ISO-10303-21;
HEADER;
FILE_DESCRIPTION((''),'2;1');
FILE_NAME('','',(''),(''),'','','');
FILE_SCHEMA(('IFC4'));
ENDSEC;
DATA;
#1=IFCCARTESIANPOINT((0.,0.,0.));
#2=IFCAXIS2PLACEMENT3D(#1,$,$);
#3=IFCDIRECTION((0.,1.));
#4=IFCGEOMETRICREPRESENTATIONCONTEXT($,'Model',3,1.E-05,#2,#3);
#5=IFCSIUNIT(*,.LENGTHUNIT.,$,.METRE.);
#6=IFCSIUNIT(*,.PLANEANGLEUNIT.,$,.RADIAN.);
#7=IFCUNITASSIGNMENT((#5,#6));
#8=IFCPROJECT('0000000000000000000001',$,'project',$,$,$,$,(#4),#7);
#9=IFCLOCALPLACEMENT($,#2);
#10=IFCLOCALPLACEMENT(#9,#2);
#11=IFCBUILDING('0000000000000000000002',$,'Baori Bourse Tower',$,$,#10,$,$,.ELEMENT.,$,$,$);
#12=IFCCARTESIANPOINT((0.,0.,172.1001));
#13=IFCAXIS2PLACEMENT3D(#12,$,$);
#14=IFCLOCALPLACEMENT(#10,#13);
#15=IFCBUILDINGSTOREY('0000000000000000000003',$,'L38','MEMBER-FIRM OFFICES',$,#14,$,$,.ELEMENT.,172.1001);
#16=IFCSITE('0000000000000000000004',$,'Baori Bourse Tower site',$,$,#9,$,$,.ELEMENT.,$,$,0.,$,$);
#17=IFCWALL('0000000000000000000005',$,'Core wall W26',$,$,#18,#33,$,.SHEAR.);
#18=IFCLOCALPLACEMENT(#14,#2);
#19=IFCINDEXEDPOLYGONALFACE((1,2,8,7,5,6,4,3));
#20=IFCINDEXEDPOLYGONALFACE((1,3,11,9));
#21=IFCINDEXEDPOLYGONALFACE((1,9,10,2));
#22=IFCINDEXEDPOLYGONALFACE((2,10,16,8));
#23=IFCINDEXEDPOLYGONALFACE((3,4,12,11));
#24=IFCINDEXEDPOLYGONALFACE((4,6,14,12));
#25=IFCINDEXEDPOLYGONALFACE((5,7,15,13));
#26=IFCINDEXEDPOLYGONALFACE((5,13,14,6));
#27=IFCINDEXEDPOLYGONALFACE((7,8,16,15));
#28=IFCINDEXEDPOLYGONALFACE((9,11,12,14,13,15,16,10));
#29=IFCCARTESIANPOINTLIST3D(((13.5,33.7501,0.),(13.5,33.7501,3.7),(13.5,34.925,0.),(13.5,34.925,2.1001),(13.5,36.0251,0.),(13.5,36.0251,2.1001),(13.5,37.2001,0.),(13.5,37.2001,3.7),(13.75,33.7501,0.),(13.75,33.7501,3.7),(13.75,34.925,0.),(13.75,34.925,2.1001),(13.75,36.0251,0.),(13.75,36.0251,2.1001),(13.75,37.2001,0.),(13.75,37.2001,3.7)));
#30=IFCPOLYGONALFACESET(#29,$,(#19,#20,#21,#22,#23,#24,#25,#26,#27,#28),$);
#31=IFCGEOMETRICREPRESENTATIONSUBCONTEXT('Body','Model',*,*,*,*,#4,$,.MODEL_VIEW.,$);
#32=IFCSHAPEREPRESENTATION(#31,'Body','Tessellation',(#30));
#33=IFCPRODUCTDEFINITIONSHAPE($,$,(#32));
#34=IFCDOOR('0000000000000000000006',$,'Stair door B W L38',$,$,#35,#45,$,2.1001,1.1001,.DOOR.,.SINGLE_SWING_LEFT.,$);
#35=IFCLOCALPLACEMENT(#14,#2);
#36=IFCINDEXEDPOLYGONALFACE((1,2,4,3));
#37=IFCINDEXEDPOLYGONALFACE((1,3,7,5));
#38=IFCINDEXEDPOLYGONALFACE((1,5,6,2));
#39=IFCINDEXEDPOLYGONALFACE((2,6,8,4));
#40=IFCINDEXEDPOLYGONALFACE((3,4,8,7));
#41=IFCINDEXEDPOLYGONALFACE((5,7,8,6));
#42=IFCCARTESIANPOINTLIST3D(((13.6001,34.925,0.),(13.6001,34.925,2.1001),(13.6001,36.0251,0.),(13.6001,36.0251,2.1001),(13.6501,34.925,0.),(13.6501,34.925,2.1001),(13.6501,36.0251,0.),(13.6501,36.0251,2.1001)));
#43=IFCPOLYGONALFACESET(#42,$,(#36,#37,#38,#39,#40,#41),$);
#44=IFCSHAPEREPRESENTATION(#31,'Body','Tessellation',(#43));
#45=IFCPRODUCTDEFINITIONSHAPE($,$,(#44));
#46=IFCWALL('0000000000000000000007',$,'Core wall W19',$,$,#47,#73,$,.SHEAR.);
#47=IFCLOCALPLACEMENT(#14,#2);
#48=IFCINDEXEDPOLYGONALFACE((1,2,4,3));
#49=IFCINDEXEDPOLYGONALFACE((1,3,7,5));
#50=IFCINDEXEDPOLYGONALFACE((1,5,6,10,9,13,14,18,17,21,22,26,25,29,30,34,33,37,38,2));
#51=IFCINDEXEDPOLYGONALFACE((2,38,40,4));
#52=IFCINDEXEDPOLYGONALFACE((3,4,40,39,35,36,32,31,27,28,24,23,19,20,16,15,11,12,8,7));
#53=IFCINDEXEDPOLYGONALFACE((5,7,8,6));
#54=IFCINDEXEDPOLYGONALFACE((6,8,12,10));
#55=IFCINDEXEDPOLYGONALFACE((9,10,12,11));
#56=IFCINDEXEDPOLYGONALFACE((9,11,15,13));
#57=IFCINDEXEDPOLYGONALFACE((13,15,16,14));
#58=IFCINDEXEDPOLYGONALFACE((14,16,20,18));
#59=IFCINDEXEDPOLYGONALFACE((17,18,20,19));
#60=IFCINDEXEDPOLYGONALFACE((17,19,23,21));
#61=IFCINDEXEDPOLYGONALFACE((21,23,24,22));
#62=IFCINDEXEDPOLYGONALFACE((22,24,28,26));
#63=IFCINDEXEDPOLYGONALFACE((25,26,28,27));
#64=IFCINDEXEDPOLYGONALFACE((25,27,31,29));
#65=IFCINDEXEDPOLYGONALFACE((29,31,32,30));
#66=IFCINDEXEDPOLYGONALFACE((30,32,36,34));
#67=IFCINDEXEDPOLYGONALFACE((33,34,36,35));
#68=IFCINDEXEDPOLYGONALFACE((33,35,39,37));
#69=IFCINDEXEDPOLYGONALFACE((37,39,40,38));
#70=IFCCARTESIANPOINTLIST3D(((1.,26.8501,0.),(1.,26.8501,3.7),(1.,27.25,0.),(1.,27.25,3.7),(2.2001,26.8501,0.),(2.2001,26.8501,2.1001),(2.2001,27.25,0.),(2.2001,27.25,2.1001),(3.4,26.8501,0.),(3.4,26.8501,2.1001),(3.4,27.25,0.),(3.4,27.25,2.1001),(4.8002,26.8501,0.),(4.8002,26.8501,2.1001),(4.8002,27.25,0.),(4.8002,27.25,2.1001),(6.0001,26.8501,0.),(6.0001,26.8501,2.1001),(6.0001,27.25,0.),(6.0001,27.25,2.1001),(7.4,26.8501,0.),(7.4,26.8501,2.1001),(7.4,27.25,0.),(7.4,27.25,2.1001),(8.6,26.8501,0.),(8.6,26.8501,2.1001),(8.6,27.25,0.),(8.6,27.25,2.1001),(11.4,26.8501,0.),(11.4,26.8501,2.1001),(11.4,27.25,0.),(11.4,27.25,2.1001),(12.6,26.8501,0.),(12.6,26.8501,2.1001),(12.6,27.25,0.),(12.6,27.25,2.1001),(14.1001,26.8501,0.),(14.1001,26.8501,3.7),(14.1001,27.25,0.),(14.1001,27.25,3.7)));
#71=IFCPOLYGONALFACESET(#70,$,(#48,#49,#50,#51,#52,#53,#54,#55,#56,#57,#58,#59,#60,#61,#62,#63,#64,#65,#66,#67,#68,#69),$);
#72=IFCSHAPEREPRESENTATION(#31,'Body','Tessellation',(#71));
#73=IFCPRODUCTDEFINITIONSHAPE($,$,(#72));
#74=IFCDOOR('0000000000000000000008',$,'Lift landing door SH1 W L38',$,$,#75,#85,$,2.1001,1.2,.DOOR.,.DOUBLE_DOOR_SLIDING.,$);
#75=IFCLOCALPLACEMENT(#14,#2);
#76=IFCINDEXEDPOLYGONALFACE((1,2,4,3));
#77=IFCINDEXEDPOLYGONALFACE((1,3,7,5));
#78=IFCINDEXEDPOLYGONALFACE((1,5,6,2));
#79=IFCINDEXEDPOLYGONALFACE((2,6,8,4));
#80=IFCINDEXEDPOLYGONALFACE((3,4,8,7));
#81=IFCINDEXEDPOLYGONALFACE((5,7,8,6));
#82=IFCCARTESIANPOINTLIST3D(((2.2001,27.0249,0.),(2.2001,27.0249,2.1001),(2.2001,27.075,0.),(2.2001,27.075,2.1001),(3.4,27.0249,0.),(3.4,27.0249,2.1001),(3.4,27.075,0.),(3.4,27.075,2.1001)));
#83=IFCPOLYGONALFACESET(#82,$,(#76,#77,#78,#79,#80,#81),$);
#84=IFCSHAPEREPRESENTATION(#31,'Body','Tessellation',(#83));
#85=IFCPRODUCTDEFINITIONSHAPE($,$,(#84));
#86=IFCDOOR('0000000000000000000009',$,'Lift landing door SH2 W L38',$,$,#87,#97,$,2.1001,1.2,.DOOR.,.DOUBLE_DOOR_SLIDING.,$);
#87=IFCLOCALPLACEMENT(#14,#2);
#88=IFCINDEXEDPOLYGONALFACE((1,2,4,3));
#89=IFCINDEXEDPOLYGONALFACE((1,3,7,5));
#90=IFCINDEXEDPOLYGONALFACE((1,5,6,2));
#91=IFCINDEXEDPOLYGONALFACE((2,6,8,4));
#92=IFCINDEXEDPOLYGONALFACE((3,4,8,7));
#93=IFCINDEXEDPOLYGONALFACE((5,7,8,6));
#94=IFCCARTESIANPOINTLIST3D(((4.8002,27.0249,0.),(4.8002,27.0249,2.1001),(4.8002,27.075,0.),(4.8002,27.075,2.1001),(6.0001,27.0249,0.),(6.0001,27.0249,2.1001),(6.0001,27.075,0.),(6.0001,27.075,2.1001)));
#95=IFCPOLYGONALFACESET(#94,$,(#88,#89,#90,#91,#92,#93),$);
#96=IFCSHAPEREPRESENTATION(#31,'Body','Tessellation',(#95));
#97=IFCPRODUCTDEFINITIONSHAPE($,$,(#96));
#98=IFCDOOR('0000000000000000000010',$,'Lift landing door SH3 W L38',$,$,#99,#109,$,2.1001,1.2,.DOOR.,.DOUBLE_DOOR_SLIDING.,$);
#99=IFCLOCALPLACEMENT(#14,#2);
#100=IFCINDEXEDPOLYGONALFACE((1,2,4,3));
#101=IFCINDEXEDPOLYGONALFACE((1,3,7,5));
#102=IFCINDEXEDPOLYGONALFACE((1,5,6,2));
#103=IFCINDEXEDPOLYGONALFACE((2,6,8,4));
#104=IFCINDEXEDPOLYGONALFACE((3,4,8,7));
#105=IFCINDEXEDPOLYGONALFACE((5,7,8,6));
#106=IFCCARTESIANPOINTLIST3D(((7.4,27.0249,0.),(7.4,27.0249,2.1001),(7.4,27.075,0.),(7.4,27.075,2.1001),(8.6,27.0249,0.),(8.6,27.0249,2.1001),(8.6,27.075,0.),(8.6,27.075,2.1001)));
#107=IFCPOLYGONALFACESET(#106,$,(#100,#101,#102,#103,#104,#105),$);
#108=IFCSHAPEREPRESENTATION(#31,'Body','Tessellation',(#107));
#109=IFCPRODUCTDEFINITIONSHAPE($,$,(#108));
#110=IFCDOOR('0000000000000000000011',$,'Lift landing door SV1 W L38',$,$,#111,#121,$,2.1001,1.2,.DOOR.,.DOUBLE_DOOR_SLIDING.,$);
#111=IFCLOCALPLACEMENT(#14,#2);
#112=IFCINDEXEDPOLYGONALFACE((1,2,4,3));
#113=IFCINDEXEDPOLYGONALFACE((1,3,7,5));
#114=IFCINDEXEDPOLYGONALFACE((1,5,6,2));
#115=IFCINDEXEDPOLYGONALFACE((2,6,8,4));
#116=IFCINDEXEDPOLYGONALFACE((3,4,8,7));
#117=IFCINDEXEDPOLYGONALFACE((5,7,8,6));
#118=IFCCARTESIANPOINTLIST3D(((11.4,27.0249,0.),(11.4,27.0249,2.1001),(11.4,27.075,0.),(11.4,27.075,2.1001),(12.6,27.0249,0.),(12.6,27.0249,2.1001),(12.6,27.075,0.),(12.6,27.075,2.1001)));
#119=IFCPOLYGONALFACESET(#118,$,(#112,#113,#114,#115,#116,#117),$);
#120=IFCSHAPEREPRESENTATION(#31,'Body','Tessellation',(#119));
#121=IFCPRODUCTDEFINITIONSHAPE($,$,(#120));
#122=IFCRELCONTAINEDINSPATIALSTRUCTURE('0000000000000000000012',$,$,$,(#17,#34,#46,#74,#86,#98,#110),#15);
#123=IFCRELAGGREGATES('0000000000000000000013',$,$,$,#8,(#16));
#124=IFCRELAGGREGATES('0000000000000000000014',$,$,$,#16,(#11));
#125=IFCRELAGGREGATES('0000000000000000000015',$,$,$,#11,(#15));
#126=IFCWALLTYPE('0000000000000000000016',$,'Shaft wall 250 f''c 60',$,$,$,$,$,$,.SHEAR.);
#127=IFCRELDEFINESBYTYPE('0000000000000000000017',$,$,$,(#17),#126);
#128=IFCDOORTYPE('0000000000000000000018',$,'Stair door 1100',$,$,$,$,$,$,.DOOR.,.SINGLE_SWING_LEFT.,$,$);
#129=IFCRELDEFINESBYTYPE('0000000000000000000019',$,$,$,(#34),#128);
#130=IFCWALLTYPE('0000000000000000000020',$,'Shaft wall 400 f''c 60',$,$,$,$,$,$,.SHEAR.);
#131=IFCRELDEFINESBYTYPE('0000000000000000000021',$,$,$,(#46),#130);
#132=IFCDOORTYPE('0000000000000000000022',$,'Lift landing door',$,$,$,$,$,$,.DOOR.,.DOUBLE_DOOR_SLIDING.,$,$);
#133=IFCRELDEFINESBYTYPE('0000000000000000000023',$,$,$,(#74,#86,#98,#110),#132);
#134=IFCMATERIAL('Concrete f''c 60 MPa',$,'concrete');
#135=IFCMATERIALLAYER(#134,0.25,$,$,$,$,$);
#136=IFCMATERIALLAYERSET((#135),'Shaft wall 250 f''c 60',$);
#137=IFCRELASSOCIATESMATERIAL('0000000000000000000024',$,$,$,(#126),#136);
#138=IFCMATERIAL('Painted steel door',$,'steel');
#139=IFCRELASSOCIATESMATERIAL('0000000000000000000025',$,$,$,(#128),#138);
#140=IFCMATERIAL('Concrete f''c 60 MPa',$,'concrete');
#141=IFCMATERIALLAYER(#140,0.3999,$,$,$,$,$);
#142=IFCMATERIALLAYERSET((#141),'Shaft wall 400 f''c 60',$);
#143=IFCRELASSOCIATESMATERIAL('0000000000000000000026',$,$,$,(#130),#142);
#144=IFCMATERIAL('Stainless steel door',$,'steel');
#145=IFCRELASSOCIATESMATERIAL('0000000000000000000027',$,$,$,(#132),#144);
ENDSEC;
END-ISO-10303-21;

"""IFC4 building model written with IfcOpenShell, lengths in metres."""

from ifc_helpers import new_model, si_unit, direction, frame, frame_2d, origin, place, context, subcontext, project, spatial, rectangle, extrude, material, layer, layer_set, type_object, element, fill, save


model = new_model("IFC4")

# Units and contexts
model_context = context("Model", 3, precision=1e-05, world=origin(), true_north=direction((0.0, 1.0)))
body_context = subcontext(model_context, "Body", "Model", "MODEL_VIEW")
ifc_project = project(units=[si_unit("LENGTHUNIT", "METRE"), si_unit("PLANEANGLEUNIT", "RADIAN")], contexts=[model_context])

# Site, building, storey
site_placement = place(None, origin())
site = spatial("IfcSite", under=ifc_project, at=site_placement, Name="Baori Bourse Tower site", CompositionType="ELEMENT", RefElevation=0.0)
building_placement = place(site_placement, origin())
building = spatial("IfcBuilding", under=site, at=building_placement, Name="Baori Bourse Tower", CompositionType="ELEMENT")
storey_placement = place(building_placement, frame((0.0, 0.0, 172.1001)))
storey = spatial("IfcBuildingStorey", under=building, at=storey_placement, Name="L38", Description="MEMBER-FIRM OFFICES", CompositionType="ELEMENT", Elevation=172.1001)

# Wall, opening, door
ifc_material_1 = material(Name="Concrete f'c 60 MPa", Category="concrete")
ifc_layer_1 = layer(ifc_material_1, 0.25)
ifc_layer_set_1 = layer_set([ifc_layer_1], Name="Shaft wall 250 f'c 60")
wall_type_1 = type_object("IfcWallType", Name="Shaft wall 250 f'c 60", PredefinedType="SHEAR", material=ifc_layer_set_1)
wall_1_placement = place(storey_placement, frame((13.625, 33.75, 0.0), z_axis=(0.0, 0.0, 1.0), x_axis=(0.0, 1.0, 0.0)))
wall_1 = element("IfcWall", 1, at=wall_1_placement, inside=storey, type_object=wall_type_1, Name="Core wall W26", PredefinedType="SHEAR", context=body_context, shape_type="SweptSolid", body=[
    extrude(rectangle(XDim=3.45, YDim=0.25, at=frame_2d((1.7251, 0.0))), origin(), (0.0, 0.0, 1.0), 3.7),
])
opening_1_placement = place(wall_1_placement, frame((1.175, 0.0, 0.0)))
opening_1 = element("IfcOpeningElement", 2, at=opening_1_placement, cuts=wall_1, PredefinedType="OPENING", context=body_context, shape_type="SweptSolid", body=[
    extrude(rectangle(XDim=1.1001, YDim=2.1001, at=frame_2d((0.55, 1.05))), frame((0.0, 0.135, 0.0), z_axis=(0.0, -1.0, 0.0), x_axis=(1.0, 0.0, 0.0)), (0.0, 0.0, 1.0), 0.27),
])
ifc_material_2 = material(Name="Painted steel door", Category="steel")
door_type_1 = type_object("IfcDoorType", Name="Stair door 1100", OperationType="SINGLE_SWING_LEFT", PredefinedType="DOOR", material=ifc_material_2)
door_1_placement = place(opening_1_placement, origin())
door_1 = element("IfcDoor", 3, at=door_1_placement, inside=storey, type_object=door_type_1, Name="Stair door B W L38", OperationType="SINGLE_SWING_LEFT", OverallHeight=2.1001, OverallWidth=1.1001, PredefinedType="DOOR", context=body_context, shape_type="SweptSolid", body=[
    extrude(rectangle(XDim=1.1001, YDim=2.1001, at=frame_2d((0.55, 1.05))), frame((0.0, 0.0249, 0.0), z_axis=(0.0, -1.0, 0.0), x_axis=(1.0, 0.0, 0.0)), (0.0, 0.0, 1.0), 0.05),
])
fill(opening_1, door_1)

# Wall, openings, doors
ifc_material_3 = material(Name="Concrete f'c 60 MPa", Category="concrete")
ifc_layer_2 = layer(ifc_material_3, 0.3999)
ifc_layer_set_2 = layer_set([ifc_layer_2], Name="Shaft wall 400 f'c 60")
wall_type_2 = type_object("IfcWallType", Name="Shaft wall 400 f'c 60", PredefinedType="SHEAR", material=ifc_layer_set_2)
wall_2_placement = place(storey_placement, frame((1.0, 27.05, 0.0), z_axis=(0.0, 0.0, 1.0), x_axis=(1.0, 0.0, 0.0)))
wall_2 = element("IfcWall", 4, at=wall_2_placement, inside=storey, type_object=wall_type_2, Name="Core wall W19", PredefinedType="SHEAR", context=body_context, shape_type="SweptSolid", body=[
    extrude(rectangle(XDim=13.1001, YDim=0.3999, at=frame_2d((6.55, 0.0))), origin(), (0.0, 0.0, 1.0), 3.7),
])
opening_2_placement = place(wall_2_placement, frame((1.2, 0.0, 0.0)))
opening_2 = element("IfcOpeningElement", 5, at=opening_2_placement, cuts=wall_2, PredefinedType="OPENING", context=body_context, shape_type="SweptSolid", body=[
    extrude(rectangle(XDim=1.2, YDim=2.1001, at=frame_2d((0.6001, 1.05))), frame((0.0, 0.21, 0.0), z_axis=(0.0, -1.0, 0.0), x_axis=(1.0, 0.0, 0.0)), (0.0, 0.0, 1.0), 0.4199),
])
opening_3_placement = place(wall_2_placement, frame((3.8, 0.0, 0.0)))
opening_3 = element("IfcOpeningElement", 6, at=opening_3_placement, cuts=wall_2, PredefinedType="OPENING", context=body_context, shape_type="SweptSolid", body=[
    extrude(rectangle(XDim=1.2, YDim=2.1001, at=frame_2d((0.6001, 1.05))), frame((0.0, 0.21, 0.0), z_axis=(0.0, -1.0, 0.0), x_axis=(1.0, 0.0, 0.0)), (0.0, 0.0, 1.0), 0.4199),
])
opening_4_placement = place(wall_2_placement, frame((6.3999, 0.0, 0.0)))
opening_4 = element("IfcOpeningElement", 7, at=opening_4_placement, cuts=wall_2, PredefinedType="OPENING", context=body_context, shape_type="SweptSolid", body=[
    extrude(rectangle(XDim=1.2, YDim=2.1001, at=frame_2d((0.6001, 1.05))), frame((0.0, 0.21, 0.0), z_axis=(0.0, -1.0, 0.0), x_axis=(1.0, 0.0, 0.0)), (0.0, 0.0, 1.0), 0.4199),
])
opening_5_placement = place(wall_2_placement, frame((10.3999, 0.0, 0.0)))
opening_5 = element("IfcOpeningElement", 8, at=opening_5_placement, cuts=wall_2, PredefinedType="OPENING", context=body_context, shape_type="SweptSolid", body=[
    extrude(rectangle(XDim=1.2, YDim=2.1001, at=frame_2d((0.6001, 1.05))), frame((0.0, 0.21, 0.0), z_axis=(0.0, -1.0, 0.0), x_axis=(1.0, 0.0, 0.0)), (0.0, 0.0, 1.0), 0.4199),
])
ifc_material_4 = material(Name="Stainless steel door", Category="steel")
door_type_2 = type_object("IfcDoorType", Name="Lift landing door", OperationType="DOUBLE_DOOR_SLIDING", PredefinedType="DOOR", material=ifc_material_4)
door_2_placement = place(opening_2_placement, origin())
door_2 = element("IfcDoor", 9, at=door_2_placement, inside=storey, type_object=door_type_2, Name="Lift landing door SH1 W L38", OperationType="DOUBLE_DOOR_SLIDING", OverallHeight=2.1001, OverallWidth=1.2, PredefinedType="DOOR", context=body_context, shape_type="SweptSolid", body=[
    extrude(rectangle(XDim=1.2, YDim=2.1001, at=frame_2d((0.6001, 1.05))), frame((0.0, 0.0249, 0.0), z_axis=(0.0, -1.0, 0.0), x_axis=(1.0, 0.0, 0.0)), (0.0, 0.0, 1.0), 0.05),
])
fill(opening_2, door_2)
door_3_placement = place(opening_3_placement, origin())
door_3 = element("IfcDoor", 10, at=door_3_placement, inside=storey, type_object=door_type_2, Name="Lift landing door SH2 W L38", OperationType="DOUBLE_DOOR_SLIDING", OverallHeight=2.1001, OverallWidth=1.2, PredefinedType="DOOR", context=body_context, shape_type="SweptSolid", body=[
    extrude(rectangle(XDim=1.2, YDim=2.1001, at=frame_2d((0.6001, 1.05))), frame((0.0, 0.0249, 0.0), z_axis=(0.0, -1.0, 0.0), x_axis=(1.0, 0.0, 0.0)), (0.0, 0.0, 1.0), 0.05),
])
fill(opening_3, door_3)
door_4_placement = place(opening_4_placement, origin())
door_4 = element("IfcDoor", 11, at=door_4_placement, inside=storey, type_object=door_type_2, Name="Lift landing door SH3 W L38", OperationType="DOUBLE_DOOR_SLIDING", OverallHeight=2.1001, OverallWidth=1.2, PredefinedType="DOOR", context=body_context, shape_type="SweptSolid", body=[
    extrude(rectangle(XDim=1.2, YDim=2.1001, at=frame_2d((0.6001, 1.05))), frame((0.0, 0.0249, 0.0), z_axis=(0.0, -1.0, 0.0), x_axis=(1.0, 0.0, 0.0)), (0.0, 0.0, 1.0), 0.05),
])
fill(opening_4, door_4)
door_5_placement = place(opening_5_placement, origin())
door_5 = element("IfcDoor", 12, at=door_5_placement, inside=storey, type_object=door_type_2, Name="Lift landing door SV1 W L38", OperationType="DOUBLE_DOOR_SLIDING", OverallHeight=2.1001, OverallWidth=1.2, PredefinedType="DOOR", context=body_context, shape_type="SweptSolid", body=[
    extrude(rectangle(XDim=1.2, YDim=2.1001, at=frame_2d((0.6001, 1.05))), frame((0.0, 0.0249, 0.0), z_axis=(0.0, -1.0, 0.0), x_axis=(1.0, 0.0, 0.0)), (0.0, 0.0, 1.0), 0.05),
])
fill(opening_5, door_5)

save(model, "model.ifc")
